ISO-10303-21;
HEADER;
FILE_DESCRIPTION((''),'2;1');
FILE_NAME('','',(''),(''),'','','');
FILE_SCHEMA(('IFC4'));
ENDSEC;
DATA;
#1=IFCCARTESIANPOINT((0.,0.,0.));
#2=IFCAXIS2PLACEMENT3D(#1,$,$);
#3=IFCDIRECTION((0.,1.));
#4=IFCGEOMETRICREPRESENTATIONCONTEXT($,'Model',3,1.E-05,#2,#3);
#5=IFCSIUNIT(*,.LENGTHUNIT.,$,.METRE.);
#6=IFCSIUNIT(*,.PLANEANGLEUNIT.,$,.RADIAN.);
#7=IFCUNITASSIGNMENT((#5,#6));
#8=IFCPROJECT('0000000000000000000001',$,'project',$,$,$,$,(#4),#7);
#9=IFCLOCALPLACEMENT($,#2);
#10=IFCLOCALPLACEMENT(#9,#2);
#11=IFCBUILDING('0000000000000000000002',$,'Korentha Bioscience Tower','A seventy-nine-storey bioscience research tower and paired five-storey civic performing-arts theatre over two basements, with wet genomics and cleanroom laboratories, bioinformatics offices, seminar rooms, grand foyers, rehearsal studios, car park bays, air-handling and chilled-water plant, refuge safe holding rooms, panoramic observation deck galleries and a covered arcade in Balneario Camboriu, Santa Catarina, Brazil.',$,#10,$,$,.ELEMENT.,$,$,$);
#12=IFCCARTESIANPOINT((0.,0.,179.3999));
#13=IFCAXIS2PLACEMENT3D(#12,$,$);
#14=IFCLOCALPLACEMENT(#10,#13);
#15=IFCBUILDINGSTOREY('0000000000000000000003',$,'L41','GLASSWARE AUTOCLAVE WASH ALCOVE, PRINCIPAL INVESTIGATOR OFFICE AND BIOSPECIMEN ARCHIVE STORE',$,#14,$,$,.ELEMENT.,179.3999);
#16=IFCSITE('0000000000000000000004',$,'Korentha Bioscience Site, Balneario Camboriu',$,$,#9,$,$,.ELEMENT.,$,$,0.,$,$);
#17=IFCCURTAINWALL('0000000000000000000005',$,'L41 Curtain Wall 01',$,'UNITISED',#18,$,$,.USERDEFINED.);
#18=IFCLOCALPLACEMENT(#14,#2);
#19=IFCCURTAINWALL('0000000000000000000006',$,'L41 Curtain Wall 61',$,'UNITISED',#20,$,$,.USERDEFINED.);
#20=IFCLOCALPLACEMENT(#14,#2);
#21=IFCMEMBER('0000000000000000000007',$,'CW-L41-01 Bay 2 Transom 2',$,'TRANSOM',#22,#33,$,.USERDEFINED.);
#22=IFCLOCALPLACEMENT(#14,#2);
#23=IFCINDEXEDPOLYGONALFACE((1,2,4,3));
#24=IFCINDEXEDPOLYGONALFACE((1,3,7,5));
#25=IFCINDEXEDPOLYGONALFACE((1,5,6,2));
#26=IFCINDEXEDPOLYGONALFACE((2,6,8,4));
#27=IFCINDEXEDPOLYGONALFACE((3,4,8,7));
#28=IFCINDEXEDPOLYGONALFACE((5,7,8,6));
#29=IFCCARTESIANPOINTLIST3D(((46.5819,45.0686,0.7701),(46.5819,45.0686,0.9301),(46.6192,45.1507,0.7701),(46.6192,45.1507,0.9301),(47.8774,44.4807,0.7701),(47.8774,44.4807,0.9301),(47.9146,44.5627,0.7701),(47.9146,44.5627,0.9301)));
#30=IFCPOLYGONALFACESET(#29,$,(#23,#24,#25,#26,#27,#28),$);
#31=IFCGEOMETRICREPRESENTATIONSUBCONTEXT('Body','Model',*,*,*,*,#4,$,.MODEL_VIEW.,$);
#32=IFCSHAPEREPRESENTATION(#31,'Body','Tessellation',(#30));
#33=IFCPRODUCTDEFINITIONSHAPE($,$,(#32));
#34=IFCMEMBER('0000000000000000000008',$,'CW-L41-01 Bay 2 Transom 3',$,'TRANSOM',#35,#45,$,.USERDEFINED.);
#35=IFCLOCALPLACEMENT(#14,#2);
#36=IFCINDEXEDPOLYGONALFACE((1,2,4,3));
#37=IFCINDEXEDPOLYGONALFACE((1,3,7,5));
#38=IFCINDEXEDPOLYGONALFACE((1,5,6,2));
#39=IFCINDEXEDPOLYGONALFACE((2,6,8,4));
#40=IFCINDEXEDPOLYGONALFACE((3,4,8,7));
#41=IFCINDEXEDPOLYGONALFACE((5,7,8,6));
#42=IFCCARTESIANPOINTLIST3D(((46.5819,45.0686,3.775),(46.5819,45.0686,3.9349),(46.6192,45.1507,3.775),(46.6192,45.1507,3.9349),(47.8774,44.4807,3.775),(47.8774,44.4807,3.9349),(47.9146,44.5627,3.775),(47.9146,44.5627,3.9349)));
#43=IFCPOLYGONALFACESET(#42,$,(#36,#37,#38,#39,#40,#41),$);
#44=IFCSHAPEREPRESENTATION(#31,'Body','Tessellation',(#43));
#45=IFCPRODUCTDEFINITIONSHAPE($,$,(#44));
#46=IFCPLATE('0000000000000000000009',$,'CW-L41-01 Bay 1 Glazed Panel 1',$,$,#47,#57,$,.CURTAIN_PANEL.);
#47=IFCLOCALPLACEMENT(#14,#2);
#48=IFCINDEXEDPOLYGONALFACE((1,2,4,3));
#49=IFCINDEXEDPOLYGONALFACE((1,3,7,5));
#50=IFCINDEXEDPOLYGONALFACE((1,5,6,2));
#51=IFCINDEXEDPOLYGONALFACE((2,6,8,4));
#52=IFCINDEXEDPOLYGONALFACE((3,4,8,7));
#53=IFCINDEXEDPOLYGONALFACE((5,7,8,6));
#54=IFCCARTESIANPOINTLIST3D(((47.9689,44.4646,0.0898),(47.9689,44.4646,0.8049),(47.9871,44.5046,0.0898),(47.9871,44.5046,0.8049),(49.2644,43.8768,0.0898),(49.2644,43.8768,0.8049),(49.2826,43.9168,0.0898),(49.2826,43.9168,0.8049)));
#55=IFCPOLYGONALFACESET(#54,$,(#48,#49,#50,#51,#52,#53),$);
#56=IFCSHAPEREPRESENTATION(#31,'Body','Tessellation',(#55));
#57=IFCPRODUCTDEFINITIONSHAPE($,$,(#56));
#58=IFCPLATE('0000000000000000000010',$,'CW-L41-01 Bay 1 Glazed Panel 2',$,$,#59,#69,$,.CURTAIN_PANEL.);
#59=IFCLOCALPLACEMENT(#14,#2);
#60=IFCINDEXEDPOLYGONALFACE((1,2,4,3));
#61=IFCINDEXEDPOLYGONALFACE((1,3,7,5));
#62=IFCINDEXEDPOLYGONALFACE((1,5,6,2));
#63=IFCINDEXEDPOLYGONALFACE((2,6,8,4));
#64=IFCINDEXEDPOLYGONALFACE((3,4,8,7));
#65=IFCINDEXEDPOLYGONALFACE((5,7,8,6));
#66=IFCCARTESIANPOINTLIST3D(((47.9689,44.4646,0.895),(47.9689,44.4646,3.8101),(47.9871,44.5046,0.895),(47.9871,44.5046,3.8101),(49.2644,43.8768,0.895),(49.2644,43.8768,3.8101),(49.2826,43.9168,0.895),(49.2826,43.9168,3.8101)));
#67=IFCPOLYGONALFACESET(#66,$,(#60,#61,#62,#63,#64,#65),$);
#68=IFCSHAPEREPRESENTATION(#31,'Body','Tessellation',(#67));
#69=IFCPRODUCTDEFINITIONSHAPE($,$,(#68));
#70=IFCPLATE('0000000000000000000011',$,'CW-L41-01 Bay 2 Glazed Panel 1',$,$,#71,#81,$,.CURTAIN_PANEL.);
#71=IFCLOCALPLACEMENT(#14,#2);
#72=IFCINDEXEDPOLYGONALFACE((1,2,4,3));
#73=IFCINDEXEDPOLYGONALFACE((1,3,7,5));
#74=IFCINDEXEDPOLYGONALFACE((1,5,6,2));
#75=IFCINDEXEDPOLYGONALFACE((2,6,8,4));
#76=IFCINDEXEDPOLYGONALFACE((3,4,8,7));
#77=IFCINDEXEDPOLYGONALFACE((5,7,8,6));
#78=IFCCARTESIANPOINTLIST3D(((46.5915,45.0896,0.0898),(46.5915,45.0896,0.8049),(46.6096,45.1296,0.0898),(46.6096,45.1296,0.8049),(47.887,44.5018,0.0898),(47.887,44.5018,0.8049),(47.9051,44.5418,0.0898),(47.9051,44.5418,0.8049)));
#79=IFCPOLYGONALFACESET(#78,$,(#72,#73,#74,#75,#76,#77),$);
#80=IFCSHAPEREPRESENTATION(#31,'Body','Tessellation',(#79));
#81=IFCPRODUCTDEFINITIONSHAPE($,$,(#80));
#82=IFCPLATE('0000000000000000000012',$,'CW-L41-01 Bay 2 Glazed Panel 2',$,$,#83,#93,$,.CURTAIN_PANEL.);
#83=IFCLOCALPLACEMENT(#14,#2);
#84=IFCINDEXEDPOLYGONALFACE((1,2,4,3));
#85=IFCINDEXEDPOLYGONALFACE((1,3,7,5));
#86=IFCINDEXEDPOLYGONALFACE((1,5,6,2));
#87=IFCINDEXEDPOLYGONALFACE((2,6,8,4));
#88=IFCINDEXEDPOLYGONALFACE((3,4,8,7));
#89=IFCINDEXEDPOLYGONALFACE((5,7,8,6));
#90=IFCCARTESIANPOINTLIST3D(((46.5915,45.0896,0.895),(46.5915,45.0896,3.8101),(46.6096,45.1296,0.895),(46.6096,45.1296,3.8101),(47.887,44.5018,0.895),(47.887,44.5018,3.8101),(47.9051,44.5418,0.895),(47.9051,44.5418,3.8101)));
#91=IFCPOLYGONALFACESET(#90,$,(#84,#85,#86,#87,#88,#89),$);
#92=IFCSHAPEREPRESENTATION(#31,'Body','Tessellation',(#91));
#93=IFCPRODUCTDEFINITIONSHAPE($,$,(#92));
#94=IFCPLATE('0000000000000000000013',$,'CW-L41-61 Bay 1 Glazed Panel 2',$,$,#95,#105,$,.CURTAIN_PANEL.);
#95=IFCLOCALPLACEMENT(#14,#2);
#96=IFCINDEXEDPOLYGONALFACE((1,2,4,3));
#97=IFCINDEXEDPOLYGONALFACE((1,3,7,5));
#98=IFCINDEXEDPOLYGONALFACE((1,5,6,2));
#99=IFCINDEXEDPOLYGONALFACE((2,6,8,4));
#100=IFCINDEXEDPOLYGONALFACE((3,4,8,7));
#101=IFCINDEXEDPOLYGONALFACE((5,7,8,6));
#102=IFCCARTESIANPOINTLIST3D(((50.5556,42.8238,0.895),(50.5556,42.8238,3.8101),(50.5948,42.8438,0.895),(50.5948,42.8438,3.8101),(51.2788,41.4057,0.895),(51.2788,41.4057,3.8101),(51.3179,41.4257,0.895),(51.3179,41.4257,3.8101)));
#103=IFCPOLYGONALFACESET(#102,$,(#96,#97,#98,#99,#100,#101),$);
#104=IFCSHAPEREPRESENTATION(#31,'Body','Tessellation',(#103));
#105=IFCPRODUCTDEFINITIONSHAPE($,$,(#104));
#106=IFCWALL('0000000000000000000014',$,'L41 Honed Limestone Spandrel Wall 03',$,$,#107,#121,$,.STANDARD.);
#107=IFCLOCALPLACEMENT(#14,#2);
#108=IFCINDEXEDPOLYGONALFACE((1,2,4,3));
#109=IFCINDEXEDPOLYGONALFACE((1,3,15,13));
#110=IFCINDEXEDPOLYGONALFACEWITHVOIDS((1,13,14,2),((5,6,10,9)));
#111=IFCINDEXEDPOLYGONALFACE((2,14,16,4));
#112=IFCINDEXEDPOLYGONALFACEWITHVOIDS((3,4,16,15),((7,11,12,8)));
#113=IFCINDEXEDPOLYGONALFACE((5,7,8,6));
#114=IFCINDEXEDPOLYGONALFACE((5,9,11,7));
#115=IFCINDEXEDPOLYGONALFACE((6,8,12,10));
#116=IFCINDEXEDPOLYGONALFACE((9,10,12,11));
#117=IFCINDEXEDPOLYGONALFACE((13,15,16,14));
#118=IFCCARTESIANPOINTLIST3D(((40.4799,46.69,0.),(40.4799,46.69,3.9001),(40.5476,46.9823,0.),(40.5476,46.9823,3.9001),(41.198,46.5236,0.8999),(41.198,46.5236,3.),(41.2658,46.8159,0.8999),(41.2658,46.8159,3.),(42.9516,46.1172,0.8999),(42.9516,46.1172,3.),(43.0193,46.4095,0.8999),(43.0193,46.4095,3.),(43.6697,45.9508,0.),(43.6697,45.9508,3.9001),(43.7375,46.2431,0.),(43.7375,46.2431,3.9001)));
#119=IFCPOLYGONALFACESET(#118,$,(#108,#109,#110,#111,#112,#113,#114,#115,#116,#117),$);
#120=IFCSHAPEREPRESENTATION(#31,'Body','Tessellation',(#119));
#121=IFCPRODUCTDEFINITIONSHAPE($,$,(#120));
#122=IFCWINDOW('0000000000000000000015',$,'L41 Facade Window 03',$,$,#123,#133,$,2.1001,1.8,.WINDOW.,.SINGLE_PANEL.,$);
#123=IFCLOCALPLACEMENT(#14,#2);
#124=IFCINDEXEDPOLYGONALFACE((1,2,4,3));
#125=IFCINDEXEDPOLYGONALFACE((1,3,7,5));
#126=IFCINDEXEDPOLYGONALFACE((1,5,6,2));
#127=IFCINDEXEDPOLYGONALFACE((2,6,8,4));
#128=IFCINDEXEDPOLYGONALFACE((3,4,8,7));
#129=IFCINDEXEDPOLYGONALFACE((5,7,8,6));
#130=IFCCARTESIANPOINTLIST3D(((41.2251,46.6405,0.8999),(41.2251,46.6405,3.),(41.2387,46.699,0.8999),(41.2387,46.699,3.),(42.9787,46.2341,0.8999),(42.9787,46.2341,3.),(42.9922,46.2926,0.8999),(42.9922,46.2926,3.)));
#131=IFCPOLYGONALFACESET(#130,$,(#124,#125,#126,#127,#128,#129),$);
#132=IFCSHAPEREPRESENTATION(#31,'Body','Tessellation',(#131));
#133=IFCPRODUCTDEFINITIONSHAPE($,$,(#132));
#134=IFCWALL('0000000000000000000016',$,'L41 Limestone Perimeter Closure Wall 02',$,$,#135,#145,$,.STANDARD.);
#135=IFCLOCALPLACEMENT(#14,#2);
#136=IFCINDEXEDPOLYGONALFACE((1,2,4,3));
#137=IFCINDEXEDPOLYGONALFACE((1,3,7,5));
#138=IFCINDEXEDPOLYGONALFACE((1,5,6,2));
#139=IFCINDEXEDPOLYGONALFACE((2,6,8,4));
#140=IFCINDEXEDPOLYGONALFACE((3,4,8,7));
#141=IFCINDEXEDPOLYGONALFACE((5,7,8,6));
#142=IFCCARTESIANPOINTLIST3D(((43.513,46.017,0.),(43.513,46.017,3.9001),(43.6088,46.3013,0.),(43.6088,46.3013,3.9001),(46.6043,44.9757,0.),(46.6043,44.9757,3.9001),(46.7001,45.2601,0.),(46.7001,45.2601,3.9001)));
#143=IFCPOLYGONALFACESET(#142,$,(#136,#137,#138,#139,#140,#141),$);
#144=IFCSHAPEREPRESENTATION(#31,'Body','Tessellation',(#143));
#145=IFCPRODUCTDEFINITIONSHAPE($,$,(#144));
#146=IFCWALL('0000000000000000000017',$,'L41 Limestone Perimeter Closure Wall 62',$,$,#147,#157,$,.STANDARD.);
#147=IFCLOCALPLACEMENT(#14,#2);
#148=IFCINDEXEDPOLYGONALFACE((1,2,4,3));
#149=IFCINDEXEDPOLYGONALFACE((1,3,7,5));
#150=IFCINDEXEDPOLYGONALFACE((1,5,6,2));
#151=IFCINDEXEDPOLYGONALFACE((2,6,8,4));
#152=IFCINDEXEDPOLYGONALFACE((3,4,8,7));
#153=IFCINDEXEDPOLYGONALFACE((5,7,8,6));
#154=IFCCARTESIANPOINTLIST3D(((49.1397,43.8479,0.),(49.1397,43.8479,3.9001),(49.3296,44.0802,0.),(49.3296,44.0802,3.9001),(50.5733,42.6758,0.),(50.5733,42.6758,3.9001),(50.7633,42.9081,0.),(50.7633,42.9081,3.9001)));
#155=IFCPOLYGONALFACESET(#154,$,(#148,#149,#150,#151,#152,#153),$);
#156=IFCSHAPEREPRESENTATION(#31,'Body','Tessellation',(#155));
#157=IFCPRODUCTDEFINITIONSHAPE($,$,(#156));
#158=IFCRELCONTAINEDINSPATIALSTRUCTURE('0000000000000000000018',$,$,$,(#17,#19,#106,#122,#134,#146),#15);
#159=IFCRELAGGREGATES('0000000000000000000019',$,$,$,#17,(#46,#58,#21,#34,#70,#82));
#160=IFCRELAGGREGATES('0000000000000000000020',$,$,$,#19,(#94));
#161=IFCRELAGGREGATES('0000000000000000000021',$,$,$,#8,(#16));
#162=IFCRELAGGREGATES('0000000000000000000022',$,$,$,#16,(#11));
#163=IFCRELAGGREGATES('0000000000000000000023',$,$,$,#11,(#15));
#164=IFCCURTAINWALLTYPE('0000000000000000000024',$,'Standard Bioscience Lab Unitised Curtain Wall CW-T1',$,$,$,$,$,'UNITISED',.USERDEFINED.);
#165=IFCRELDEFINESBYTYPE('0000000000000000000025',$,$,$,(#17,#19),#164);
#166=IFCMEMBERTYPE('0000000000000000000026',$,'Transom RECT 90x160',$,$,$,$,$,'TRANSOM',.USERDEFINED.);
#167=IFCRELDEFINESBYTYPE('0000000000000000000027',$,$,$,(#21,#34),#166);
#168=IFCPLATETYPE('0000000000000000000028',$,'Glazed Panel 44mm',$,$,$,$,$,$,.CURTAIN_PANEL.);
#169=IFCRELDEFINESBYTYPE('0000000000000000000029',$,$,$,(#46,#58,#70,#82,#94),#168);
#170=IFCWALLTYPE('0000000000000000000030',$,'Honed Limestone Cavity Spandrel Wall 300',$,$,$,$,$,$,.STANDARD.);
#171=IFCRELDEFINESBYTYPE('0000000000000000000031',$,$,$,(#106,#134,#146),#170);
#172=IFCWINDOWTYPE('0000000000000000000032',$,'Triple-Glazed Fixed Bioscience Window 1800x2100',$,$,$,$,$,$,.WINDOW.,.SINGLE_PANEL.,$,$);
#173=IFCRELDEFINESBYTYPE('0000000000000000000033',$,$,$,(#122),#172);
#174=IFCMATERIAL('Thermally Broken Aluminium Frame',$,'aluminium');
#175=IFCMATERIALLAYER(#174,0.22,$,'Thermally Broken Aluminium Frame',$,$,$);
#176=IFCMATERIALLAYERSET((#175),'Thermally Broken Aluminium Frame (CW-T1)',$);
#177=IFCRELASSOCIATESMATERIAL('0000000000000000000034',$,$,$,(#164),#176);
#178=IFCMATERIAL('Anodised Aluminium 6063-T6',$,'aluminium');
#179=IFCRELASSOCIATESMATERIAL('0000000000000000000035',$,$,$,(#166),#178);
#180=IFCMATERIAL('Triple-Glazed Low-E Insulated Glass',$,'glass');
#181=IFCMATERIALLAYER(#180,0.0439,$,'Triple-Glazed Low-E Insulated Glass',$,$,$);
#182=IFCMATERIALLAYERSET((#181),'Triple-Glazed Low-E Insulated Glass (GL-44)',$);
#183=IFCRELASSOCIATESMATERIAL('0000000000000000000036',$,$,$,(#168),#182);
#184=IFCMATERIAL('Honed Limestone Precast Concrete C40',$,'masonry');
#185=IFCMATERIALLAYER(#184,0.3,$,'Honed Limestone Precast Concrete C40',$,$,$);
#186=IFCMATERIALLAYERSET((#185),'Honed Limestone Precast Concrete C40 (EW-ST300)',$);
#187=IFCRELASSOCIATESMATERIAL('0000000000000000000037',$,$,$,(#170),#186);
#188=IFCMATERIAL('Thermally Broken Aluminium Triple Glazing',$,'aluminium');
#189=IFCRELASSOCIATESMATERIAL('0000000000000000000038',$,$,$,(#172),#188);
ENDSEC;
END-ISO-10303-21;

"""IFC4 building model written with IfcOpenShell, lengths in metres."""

from ifc_helpers import new_model, si_unit, direction, frame, frame_2d, origin, origin_2d, place, context, subcontext, project, spatial, rectangle, extrude, material, layer, layer_set, material_profile, profile_set, type_object, element, fill, aggregate, save


model = new_model("IFC4")

# Units and contexts
model_context = context("Model", 3, precision=1e-05, world=origin(), true_north=direction((0.0, 1.0)))
body_context = subcontext(model_context, "Body", "Model", "MODEL_VIEW")
ifc_project = project(units=[si_unit("LENGTHUNIT", "METRE"), si_unit("PLANEANGLEUNIT", "RADIAN")], contexts=[model_context])

# Site, building, storey
site_placement = place(None, origin())
site = spatial("IfcSite", under=ifc_project, at=site_placement, Name="Korentha Bioscience Site, Balneario Camboriu", CompositionType="ELEMENT", RefElevation=0.0)
building_placement = place(site_placement, origin())
building = spatial("IfcBuilding", under=site, at=building_placement, Name="Korentha Bioscience Tower", Description="A seventy-nine-storey bioscience research tower and paired five-storey civic performing-arts theatre over two basements, with wet genomics and cleanroom laboratories, bioinformatics offices, seminar rooms, grand foyers, rehearsal studios, car park bays, air-handling and chilled-water plant, refuge safe holding rooms, panoramic observation deck galleries and a covered arcade in Balneario Camboriu, Santa Catarina, Brazil.", CompositionType="ELEMENT")
storey_placement = place(building_placement, frame((0.0, 0.0, 179.3999)))
storey = spatial("IfcBuildingStorey", under=building, at=storey_placement, Name="L41", Description="GLASSWARE AUTOCLAVE WASH ALCOVE, PRINCIPAL INVESTIGATOR OFFICE AND BIOSPECIMEN ARCHIVE STORE", CompositionType="ELEMENT", Elevation=179.3999)

# Curtain wall
ifc_material_1 = material(Name="Thermally Broken Aluminium Frame", Category="aluminium")
ifc_layer_1 = layer(ifc_material_1, 0.22, Name="Thermally Broken Aluminium Frame")
ifc_layer_set_1 = layer_set([ifc_layer_1], Name="Thermally Broken Aluminium Frame (CW-T1)")
curtain_wall_type = type_object("IfcCurtainWallType", Name="Standard Bioscience Lab Unitised Curtain Wall CW-T1", ElementType="UNITISED", PredefinedType="USERDEFINED", material=ifc_layer_set_1)
curtain_wall_1_placement = place(storey_placement, origin())
curtain_wall_1 = element("IfcCurtainWall", 1, at=curtain_wall_1_placement, inside=storey, type_object=curtain_wall_type, Name="L41 Curtain Wall 01", ObjectType="UNITISED", PredefinedType="USERDEFINED")
ifc_material_2 = material(Name="Anodised Aluminium 6063-T6", Category="aluminium")

# Curtain wall
curtain_wall_2_placement = place(storey_placement, origin())
curtain_wall_2 = element("IfcCurtainWall", 2, at=curtain_wall_2_placement, inside=storey, type_object=curtain_wall_type, Name="L41 Curtain Wall 61", ObjectType="UNITISED", PredefinedType="USERDEFINED")

# Members
ifc_material_profile_1 = material_profile(ifc_material_2, rectangle(XDim=0.0901, YDim=0.1599, at=origin_2d()), Name="Anodised Aluminium 6063-T6")
ifc_profile_set_1 = profile_set([ifc_material_profile_1], Name="Anodised Aluminium 6063-T6 (CW-TRN)")
member_type_1 = type_object("IfcMemberType", Name="Transom RECT 90x160", ElementType="TRANSOM", PredefinedType="USERDEFINED", material=ifc_profile_set_1)
member_1_placement = place(storey_placement, frame((47.896, 44.5217, 0.8501), z_axis=(-0.910613, 0.41326, 0.0), x_axis=(-0.41326, -0.910613, 0.0)))
member_1 = element("IfcMember", 3, at=member_1_placement, type_object=member_type_1, Name="CW-L41-01 Bay 2 Transom 2", ObjectType="TRANSOM", PredefinedType="USERDEFINED", context=body_context, shape_type="SweptSolid", body=[
    extrude(rectangle(XDim=0.0901, YDim=0.1599, at=origin_2d()), origin(), (0.0, 0.0, 1.0), 1.4226),
])
member_2_placement = place(storey_placement, frame((47.896, 44.5217, 3.855), z_axis=(-0.910613, 0.41326, 0.0), x_axis=(-0.41326, -0.910613, 0.0)))
member_2 = element("IfcMember", 4, at=member_2_placement, type_object=member_type_1, Name="CW-L41-01 Bay 2 Transom 3", ObjectType="TRANSOM", PredefinedType="USERDEFINED", context=body_context, shape_type="SweptSolid", body=[
    extrude(rectangle(XDim=0.0901, YDim=0.1599, at=origin_2d()), origin(), (0.0, 0.0, 1.0), 1.4226),
])

# Plates
ifc_material_3 = material(Name="Triple-Glazed Low-E Insulated Glass", Category="glass")
ifc_layer_2 = layer(ifc_material_3, 0.0439, Name="Triple-Glazed Low-E Insulated Glass")
ifc_layer_set_2 = layer_set([ifc_layer_2], Name="Triple-Glazed Low-E Insulated Glass (GL-44)")
plate_type = type_object("IfcPlateType", Name="Glazed Panel 44mm", PredefinedType="CURTAIN_PANEL", material=ifc_layer_set_2)
plate_1_placement = place(storey_placement, frame((48.6257, 44.1907, 0.0898), z_axis=(0.0, 0.0, 1.0), x_axis=(-0.910644, 0.413191, 0.0)))
plate_1 = element("IfcPlate", 5, at=plate_1_placement, type_object=plate_type, Name="CW-L41-01 Bay 1 Glazed Panel 1", PredefinedType="CURTAIN_PANEL", context=body_context, shape_type="SweptSolid", body=[
    extrude(rectangle(XDim=1.4226, YDim=0.0439, at=origin_2d()), origin(), (0.0, 0.0, 1.0), 0.7151),
])
plate_2_placement = place(storey_placement, frame((48.6257, 44.1907, 0.895), z_axis=(0.0, 0.0, 1.0), x_axis=(-0.910644, 0.413191, 0.0)))
plate_2 = element("IfcPlate", 6, at=plate_2_placement, type_object=plate_type, Name="CW-L41-01 Bay 1 Glazed Panel 2", PredefinedType="CURTAIN_PANEL", context=body_context, shape_type="SweptSolid", body=[
    extrude(rectangle(XDim=1.4226, YDim=0.0439, at=origin_2d()), origin(), (0.0, 0.0, 1.0), 2.915),
])
plate_3_placement = place(storey_placement, frame((47.2483, 44.8157, 0.0898), z_axis=(0.0, 0.0, 1.0), x_axis=(-0.910644, 0.413191, 0.0)))
plate_3 = element("IfcPlate", 7, at=plate_3_placement, type_object=plate_type, Name="CW-L41-01 Bay 2 Glazed Panel 1", PredefinedType="CURTAIN_PANEL", context=body_context, shape_type="SweptSolid", body=[
    extrude(rectangle(XDim=1.4226, YDim=0.0439, at=origin_2d()), origin(), (0.0, 0.0, 1.0), 0.7151),
])
plate_4_placement = place(storey_placement, frame((47.2483, 44.8157, 0.895), z_axis=(0.0, 0.0, 1.0), x_axis=(-0.910644, 0.413191, 0.0)))
plate_4 = element("IfcPlate", 8, at=plate_4_placement, type_object=plate_type, Name="CW-L41-01 Bay 2 Glazed Panel 2", PredefinedType="CURTAIN_PANEL", context=body_context, shape_type="SweptSolid", body=[
    extrude(rectangle(XDim=1.4226, YDim=0.0439, at=origin_2d()), origin(), (0.0, 0.0, 1.0), 2.915),
])
aggregate(curtain_wall_1, [plate_1, plate_2, member_1, member_2, plate_3, plate_4])
plate_5_placement = place(storey_placement, frame((50.9368, 42.1248, 0.895), z_axis=(0.0, 0.0, 1.0), x_axis=(-0.454288, 0.890855, 0.0)))
plate_5 = element("IfcPlate", 9, at=plate_5_placement, type_object=plate_type, Name="CW-L41-61 Bay 1 Glazed Panel 2", PredefinedType="CURTAIN_PANEL", context=body_context, shape_type="SweptSolid", body=[
    extrude(rectangle(XDim=1.5918, YDim=0.0439, at=origin_2d()), origin(), (0.0, 0.0, 1.0), 2.915),
])
aggregate(curtain_wall_2, [plate_5])

# Wall, opening, window
ifc_material_4 = material(Name="Honed Limestone Precast Concrete C40", Category="masonry")
ifc_layer_3 = layer(ifc_material_4, 0.3, Name="Honed Limestone Precast Concrete C40")
ifc_layer_set_3 = layer_set([ifc_layer_3], Name="Honed Limestone Precast Concrete C40 (EW-ST300)")
wall_type = type_object("IfcWallType", Name="Honed Limestone Cavity Spandrel Wall 300", PredefinedType="STANDARD", material=ifc_layer_set_3)
wall_1_placement = place(storey_placement, frame((43.7036, 46.0969, 0.0), z_axis=(0.0, 0.0, 1.0), x_axis=(-0.974182, 0.225763, 0.0)))
wall_1 = element("IfcWall", 10, at=wall_1_placement, inside=storey, type_object=wall_type, Name="L41 Honed Limestone Spandrel Wall 03", PredefinedType="STANDARD", context=body_context, shape_type="SweptSolid", body=[
    extrude(rectangle(XDim=3.2744, YDim=0.3, at=frame_2d((1.6372, 0.0))), origin(), (0.0, 0.0, 1.0), 3.9001),
])
opening_1_placement = place(wall_1_placement, frame((0.7373, 0.0, 0.8999)))
opening_1 = element("IfcOpeningElement", 11, at=opening_1_placement, cuts=wall_1, PredefinedType="OPENING", context=body_context, shape_type="SweptSolid", body=[
    extrude(rectangle(XDim=1.8, YDim=2.1001, at=frame_2d((0.8999, 1.05))), frame((0.0, 0.165, 0.0), z_axis=(0.0, -1.0, 0.0), x_axis=(1.0, 0.0, 0.0)), (0.0, 0.0, 1.0), 0.3298),
])
ifc_material_5 = material(Name="Thermally Broken Aluminium Triple Glazing", Category="aluminium")
window_type = type_object("IfcWindowType", Name="Triple-Glazed Fixed Bioscience Window 1800x2100", PartitioningType="SINGLE_PANEL", PredefinedType="WINDOW", material=ifc_material_5)
window_placement = place(opening_1_placement, origin())
window = element("IfcWindow", 12, at=window_placement, inside=storey, type_object=window_type, Name="L41 Facade Window 03", OverallHeight=2.1001, OverallWidth=1.8, PartitioningType="SINGLE_PANEL", PredefinedType="WINDOW", context=body_context, shape_type="SweptSolid", body=[
    extrude(rectangle(XDim=1.8, YDim=2.1001, at=frame_2d((0.8999, 1.05))), frame((0.0, 0.03, 0.0), z_axis=(0.0, -1.0, 0.0), x_axis=(1.0, 0.0, 0.0)), (0.0, 0.0, 1.0), 0.0601),
])
fill(opening_1, window)

# Walls
wall_2_placement = place(storey_placement, frame((46.6521, 45.1179, 0.0), z_axis=(0.0, 0.0, 1.0), x_axis=(-0.947683, 0.319213, 0.0)))
element("IfcWall", 13, at=wall_2_placement, inside=storey, type_object=wall_type, Name="L41 Limestone Perimeter Closure Wall 02", PredefinedType="STANDARD", context=body_context, shape_type="SweptSolid", body=[
    extrude(rectangle(XDim=3.262, YDim=0.3, at=frame_2d((1.6309, 0.0))), origin(), (0.0, 0.0, 1.0), 3.9001),
])
wall_3_placement = place(storey_placement, frame((50.6682, 42.792, 0.0), z_axis=(0.0, 0.0, 1.0), x_axis=(-0.774175, 0.632972, 0.0)))
element("IfcWall", 14, at=wall_3_placement, inside=storey, type_object=wall_type, Name="L41 Limestone Perimeter Closure Wall 62", PredefinedType="STANDARD", context=body_context, shape_type="SweptSolid", body=[
    extrude(rectangle(XDim=1.8518, YDim=0.3, at=frame_2d((0.9258, 0.0))), origin(), (0.0, 0.0, 1.0), 3.9001),
])

save(model, "model.ifc")
